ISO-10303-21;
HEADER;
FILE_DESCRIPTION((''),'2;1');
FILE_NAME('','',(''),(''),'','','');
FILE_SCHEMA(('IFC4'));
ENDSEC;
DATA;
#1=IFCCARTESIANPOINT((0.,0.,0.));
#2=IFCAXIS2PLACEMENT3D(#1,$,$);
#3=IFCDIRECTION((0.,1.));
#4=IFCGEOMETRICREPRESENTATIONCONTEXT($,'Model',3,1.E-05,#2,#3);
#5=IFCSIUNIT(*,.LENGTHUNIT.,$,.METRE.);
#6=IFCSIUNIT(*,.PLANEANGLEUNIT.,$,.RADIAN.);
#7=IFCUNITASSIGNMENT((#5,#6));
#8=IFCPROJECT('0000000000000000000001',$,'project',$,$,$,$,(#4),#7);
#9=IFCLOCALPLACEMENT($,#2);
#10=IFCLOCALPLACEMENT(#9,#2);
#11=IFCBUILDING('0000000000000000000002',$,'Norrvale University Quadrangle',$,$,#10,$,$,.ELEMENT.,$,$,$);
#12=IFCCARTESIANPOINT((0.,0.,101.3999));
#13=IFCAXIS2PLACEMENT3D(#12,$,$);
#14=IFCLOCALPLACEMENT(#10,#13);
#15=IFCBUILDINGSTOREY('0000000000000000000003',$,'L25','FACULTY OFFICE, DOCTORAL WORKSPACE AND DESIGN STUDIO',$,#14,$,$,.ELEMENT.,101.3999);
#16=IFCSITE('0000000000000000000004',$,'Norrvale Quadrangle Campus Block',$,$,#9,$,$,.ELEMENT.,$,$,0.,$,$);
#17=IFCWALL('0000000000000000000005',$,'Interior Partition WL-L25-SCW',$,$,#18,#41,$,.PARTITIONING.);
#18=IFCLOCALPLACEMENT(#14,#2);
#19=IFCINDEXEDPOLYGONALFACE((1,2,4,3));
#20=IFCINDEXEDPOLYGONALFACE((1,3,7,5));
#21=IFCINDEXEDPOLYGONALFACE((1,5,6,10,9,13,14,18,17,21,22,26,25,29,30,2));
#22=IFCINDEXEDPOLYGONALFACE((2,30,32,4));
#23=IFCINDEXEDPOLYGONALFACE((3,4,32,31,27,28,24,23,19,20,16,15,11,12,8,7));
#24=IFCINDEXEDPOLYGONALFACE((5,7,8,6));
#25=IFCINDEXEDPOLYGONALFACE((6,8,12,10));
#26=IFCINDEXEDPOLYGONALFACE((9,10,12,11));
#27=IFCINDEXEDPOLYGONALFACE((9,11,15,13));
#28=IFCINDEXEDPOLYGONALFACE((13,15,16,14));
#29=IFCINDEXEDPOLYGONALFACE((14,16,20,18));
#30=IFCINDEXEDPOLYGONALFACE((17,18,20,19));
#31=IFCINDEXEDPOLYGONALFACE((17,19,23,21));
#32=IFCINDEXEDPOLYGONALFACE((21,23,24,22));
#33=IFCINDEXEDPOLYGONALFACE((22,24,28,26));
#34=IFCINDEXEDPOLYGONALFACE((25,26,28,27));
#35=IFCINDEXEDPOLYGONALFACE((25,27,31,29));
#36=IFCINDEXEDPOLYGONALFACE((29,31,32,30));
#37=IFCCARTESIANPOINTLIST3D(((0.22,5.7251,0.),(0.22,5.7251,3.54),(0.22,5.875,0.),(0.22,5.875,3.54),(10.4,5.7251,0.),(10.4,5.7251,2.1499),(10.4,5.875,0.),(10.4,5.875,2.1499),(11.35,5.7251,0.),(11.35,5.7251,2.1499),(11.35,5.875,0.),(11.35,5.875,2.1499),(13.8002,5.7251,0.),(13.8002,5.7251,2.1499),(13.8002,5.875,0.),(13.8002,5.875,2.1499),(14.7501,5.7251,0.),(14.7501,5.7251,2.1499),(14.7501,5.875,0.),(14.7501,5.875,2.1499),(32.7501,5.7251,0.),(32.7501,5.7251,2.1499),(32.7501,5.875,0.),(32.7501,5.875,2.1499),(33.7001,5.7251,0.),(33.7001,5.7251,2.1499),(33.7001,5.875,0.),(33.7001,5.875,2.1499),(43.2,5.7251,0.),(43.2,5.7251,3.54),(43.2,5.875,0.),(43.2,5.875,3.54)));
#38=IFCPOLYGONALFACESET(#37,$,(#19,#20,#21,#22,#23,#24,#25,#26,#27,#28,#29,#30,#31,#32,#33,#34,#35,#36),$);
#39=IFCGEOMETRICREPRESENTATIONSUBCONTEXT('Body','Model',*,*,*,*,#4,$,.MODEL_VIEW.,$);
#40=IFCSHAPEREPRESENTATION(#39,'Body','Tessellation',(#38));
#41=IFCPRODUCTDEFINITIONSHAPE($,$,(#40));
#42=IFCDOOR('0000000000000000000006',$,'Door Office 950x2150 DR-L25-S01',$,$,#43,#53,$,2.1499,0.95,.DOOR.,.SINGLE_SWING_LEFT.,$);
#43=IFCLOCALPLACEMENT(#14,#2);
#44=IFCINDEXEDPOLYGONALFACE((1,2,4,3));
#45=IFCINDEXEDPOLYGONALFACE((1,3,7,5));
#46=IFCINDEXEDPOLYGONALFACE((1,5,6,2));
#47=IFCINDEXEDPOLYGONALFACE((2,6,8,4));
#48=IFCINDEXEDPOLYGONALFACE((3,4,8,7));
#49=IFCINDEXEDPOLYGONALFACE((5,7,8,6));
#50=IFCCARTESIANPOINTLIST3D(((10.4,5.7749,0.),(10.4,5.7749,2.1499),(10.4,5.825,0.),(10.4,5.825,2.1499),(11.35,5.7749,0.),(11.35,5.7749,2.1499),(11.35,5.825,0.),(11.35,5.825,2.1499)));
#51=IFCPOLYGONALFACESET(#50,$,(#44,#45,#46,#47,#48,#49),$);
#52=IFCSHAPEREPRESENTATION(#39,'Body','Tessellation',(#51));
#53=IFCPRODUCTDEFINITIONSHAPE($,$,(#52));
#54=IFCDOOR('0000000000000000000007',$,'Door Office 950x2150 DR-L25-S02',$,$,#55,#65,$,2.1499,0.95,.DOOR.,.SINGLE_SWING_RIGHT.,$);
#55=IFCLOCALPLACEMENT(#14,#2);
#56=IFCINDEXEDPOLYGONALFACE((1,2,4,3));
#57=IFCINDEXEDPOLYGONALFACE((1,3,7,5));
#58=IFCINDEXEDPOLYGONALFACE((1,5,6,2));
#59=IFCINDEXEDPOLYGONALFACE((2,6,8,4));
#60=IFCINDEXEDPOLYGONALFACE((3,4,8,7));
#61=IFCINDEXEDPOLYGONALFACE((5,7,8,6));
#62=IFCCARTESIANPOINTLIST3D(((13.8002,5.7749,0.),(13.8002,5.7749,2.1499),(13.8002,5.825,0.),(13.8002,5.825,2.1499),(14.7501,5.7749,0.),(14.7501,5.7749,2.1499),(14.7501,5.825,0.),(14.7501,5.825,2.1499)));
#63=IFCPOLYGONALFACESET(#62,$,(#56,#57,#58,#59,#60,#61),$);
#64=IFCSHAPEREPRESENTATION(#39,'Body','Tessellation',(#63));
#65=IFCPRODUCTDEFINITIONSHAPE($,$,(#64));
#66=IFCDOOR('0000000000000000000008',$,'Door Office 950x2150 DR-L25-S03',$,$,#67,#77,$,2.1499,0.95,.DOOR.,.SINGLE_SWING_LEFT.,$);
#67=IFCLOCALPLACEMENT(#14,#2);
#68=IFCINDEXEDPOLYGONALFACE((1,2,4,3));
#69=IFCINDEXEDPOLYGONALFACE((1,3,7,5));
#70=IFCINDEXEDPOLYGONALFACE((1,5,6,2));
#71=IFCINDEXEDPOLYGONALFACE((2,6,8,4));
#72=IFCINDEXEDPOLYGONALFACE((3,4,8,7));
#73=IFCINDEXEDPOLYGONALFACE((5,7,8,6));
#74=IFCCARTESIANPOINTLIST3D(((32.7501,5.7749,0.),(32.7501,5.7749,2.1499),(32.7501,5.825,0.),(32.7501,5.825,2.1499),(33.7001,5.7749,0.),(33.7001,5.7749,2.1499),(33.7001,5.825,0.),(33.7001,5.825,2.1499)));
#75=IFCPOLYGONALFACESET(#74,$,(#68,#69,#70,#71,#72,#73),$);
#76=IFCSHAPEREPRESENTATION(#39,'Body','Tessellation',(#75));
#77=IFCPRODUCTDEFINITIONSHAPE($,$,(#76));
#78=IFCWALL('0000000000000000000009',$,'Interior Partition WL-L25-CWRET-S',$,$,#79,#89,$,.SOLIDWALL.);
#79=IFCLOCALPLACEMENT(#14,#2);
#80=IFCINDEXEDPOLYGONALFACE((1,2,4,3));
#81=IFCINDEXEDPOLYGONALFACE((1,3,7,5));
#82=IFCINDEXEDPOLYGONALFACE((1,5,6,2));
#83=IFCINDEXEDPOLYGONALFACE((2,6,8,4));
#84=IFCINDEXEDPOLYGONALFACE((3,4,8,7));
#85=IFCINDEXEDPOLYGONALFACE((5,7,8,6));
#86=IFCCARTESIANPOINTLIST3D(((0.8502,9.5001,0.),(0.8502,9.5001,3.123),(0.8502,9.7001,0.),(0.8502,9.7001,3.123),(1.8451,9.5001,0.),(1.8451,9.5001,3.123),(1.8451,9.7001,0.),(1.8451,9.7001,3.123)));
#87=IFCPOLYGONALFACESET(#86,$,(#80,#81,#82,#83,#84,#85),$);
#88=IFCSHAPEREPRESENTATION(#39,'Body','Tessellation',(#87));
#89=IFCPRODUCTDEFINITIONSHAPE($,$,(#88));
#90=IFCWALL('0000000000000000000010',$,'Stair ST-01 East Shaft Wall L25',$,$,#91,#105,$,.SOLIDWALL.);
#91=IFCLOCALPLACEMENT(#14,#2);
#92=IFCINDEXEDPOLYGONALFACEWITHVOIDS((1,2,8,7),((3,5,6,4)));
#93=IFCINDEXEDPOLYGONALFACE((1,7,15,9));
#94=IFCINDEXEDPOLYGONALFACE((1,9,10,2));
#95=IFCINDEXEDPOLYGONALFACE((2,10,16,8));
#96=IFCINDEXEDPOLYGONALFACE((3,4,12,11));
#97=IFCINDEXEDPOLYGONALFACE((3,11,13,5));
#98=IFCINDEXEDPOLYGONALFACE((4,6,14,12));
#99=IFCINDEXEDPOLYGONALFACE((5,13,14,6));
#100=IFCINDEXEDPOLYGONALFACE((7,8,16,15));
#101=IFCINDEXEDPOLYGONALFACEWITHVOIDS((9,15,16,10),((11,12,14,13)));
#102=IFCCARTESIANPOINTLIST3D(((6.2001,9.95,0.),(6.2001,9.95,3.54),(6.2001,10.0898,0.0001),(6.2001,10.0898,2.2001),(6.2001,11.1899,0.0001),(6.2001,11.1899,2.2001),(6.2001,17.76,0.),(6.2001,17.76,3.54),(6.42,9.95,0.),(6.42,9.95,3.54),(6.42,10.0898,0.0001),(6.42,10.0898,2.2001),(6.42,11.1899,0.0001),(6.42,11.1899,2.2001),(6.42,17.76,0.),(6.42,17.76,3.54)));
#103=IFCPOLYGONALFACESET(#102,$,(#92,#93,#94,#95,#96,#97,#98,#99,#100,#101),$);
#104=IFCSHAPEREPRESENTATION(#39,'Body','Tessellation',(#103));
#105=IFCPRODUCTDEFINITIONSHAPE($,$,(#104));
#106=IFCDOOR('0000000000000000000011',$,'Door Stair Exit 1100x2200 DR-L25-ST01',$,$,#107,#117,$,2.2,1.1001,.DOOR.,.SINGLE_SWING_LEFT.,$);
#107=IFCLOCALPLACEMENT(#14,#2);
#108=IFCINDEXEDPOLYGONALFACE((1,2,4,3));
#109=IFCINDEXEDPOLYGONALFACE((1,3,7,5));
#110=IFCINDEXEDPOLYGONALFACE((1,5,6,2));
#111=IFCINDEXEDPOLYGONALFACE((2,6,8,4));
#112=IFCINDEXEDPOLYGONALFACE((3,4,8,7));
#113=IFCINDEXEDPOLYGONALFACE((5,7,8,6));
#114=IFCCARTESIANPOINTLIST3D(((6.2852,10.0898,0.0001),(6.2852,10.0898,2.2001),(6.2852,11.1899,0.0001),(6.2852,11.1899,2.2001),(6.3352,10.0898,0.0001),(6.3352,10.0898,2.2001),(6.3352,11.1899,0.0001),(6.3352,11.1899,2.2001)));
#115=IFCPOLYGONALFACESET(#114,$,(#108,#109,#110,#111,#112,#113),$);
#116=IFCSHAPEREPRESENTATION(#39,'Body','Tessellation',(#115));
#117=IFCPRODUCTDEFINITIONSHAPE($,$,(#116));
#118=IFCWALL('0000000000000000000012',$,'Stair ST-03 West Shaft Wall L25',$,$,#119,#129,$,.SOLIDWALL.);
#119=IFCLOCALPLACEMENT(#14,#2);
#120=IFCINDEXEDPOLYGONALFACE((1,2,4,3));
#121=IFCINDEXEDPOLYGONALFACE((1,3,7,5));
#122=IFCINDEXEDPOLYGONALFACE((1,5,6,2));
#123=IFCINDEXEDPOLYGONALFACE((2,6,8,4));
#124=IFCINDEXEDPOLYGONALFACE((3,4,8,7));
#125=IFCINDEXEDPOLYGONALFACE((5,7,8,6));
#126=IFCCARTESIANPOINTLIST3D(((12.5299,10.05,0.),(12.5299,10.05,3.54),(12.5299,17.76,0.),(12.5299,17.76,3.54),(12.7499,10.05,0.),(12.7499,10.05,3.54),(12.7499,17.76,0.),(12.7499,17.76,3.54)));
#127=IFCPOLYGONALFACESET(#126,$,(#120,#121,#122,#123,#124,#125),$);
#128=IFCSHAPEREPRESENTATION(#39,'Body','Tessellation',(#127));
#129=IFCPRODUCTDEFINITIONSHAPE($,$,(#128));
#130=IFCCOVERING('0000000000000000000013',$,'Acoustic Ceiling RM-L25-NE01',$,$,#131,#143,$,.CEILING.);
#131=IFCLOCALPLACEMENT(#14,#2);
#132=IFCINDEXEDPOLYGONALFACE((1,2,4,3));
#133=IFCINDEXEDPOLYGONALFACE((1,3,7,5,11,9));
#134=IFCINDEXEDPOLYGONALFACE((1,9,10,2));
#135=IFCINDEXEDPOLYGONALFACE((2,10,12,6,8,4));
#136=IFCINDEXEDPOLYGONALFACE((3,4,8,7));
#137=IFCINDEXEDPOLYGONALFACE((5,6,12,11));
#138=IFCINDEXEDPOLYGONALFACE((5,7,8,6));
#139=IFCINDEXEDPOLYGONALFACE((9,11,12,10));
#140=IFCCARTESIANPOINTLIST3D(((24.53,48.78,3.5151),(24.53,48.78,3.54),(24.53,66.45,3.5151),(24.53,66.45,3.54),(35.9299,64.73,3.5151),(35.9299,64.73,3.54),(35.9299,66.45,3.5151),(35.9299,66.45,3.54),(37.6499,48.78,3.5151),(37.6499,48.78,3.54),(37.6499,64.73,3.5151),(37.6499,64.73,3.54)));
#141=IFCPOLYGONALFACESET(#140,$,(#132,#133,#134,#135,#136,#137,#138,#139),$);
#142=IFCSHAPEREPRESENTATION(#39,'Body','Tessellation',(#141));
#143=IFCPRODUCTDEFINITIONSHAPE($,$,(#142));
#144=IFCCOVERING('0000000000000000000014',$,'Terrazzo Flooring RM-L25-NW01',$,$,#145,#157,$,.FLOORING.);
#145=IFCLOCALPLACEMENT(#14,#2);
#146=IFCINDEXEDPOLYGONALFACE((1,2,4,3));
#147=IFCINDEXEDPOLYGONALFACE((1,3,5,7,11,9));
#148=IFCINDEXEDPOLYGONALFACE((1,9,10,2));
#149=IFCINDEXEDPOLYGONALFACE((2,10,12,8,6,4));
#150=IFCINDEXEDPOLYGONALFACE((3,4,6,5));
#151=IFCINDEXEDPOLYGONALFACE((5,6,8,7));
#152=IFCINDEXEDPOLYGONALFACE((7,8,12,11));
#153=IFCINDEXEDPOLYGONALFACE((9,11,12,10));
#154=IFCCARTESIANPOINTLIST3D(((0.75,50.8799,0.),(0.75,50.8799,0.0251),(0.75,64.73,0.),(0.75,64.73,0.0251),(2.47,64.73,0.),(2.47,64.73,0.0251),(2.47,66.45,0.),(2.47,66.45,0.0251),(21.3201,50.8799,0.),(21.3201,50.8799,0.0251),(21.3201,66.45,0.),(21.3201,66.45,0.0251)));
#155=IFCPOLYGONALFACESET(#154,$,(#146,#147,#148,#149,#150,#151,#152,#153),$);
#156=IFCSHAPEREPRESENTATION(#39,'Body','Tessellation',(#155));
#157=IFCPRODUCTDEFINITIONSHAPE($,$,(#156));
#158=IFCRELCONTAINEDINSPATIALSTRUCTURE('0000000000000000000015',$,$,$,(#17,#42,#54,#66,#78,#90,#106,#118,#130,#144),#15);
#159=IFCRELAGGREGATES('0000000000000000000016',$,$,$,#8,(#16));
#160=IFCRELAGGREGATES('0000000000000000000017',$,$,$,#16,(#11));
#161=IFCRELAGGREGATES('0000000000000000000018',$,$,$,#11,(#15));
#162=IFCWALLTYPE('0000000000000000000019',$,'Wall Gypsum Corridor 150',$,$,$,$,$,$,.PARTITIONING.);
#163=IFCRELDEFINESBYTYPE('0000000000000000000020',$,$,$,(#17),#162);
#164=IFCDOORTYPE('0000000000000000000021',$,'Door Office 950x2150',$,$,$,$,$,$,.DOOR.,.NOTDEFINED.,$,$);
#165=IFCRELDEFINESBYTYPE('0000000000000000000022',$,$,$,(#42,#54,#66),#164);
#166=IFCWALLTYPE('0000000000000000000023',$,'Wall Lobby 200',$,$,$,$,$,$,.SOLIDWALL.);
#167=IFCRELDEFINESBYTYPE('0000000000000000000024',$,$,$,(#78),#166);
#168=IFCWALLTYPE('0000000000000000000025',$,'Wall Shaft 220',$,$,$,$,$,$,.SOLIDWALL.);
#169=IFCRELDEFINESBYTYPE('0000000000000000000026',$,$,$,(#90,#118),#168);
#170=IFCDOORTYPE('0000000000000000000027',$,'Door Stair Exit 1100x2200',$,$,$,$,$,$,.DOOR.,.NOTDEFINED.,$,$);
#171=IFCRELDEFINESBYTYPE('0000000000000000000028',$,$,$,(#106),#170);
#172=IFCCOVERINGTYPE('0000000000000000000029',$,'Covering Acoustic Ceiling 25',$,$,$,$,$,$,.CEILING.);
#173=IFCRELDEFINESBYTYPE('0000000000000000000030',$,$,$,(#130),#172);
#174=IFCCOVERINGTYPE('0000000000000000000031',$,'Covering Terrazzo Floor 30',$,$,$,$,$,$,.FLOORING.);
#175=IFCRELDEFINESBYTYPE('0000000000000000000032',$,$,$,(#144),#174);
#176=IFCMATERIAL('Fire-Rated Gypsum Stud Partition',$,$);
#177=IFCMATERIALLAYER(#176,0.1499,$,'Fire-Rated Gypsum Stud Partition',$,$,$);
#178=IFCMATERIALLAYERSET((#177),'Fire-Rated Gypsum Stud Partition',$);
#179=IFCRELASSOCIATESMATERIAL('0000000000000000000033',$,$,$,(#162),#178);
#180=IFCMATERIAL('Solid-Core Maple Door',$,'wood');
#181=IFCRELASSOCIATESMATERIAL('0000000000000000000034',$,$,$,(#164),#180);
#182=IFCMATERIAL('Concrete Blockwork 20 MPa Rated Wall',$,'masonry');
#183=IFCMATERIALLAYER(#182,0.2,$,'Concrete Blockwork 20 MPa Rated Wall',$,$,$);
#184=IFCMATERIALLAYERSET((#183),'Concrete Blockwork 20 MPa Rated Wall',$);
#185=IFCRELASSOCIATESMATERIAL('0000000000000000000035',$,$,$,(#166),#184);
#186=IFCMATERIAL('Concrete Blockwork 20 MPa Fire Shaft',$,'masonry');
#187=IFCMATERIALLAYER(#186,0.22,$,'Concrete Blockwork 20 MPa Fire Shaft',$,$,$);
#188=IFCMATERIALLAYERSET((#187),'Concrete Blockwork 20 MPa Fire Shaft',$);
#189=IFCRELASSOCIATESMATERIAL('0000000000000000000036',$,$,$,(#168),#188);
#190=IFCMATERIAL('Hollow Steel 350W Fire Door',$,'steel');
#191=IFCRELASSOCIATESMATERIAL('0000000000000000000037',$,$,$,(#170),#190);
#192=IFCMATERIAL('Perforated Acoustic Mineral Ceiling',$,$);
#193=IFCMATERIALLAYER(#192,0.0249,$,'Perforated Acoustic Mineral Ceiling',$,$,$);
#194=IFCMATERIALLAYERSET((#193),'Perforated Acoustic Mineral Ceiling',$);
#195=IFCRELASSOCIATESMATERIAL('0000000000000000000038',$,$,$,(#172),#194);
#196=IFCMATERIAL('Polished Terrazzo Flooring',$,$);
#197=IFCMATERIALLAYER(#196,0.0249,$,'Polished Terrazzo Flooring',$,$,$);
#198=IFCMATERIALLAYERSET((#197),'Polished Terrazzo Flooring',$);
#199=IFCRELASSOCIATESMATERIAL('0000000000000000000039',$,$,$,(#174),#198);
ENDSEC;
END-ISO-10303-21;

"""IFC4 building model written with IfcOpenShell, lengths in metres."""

from ifc_helpers import new_model, si_unit, direction, frame, frame_2d, origin, place, context, subcontext, project, spatial, polyline, rectangle, outline, extrude, material, layer, layer_set, type_object, element, fill, save


model = new_model("IFC4")

# Units and contexts
model_context = context("Model", 3, precision=1e-05, world=origin(), true_north=direction((0.0, 1.0)))
body_context = subcontext(model_context, "Body", "Model", "MODEL_VIEW")
ifc_project = project(units=[si_unit("LENGTHUNIT", "METRE"), si_unit("PLANEANGLEUNIT", "RADIAN")], contexts=[model_context])

# Site, building, storey
site_placement = place(None, origin())
site = spatial("IfcSite", under=ifc_project, at=site_placement, Name="Norrvale Quadrangle Campus Block", CompositionType="ELEMENT", RefElevation=0.0)
building_placement = place(site_placement, origin())
building = spatial("IfcBuilding", under=site, at=building_placement, Name="Norrvale University Quadrangle", CompositionType="ELEMENT")
storey_placement = place(building_placement, frame((0.0, 0.0, 101.3999)))
storey = spatial("IfcBuildingStorey", under=building, at=storey_placement, Name="L25", Description="FACULTY OFFICE, DOCTORAL WORKSPACE AND DESIGN STUDIO", CompositionType="ELEMENT", Elevation=101.3999)

# Shared definitions
ifc_material_1 = material(Name="Fire-Rated Gypsum Stud Partition")
ifc_layer_1 = layer(ifc_material_1, 0.1499, Name="Fire-Rated Gypsum Stud Partition")
ifc_layer_set_1 = layer_set([ifc_layer_1], Name="Fire-Rated Gypsum Stud Partition")
wall_type_1 = type_object("IfcWallType", Name="Wall Gypsum Corridor 150", PredefinedType="PARTITIONING", material=ifc_layer_set_1)

# Wall, openings, doors
wall_1_placement = place(storey_placement, frame((0.22, 5.8, 0.0), z_axis=(0.0, 0.0, 1.0), x_axis=(1.0, 0.0, 0.0)))
wall_1 = element("IfcWall", 1, at=wall_1_placement, inside=storey, type_object=wall_type_1, Name="Interior Partition WL-L25-SCW", PredefinedType="PARTITIONING", context=body_context, shape_type="SweptSolid", body=[
    extrude(rectangle(XDim=42.98, YDim=0.1499, at=frame_2d((21.49, 0.0))), origin(), (0.0, 0.0, 1.0), 3.54),
])
opening_1_placement = place(wall_1_placement, frame((10.1799, 0.0, 0.0)))
opening_1 = element("IfcOpeningElement", 2, at=opening_1_placement, cuts=wall_1, PredefinedType="OPENING", context=body_context, shape_type="SweptSolid", body=[
    extrude(rectangle(XDim=0.95, YDim=2.1499, at=frame_2d((0.4751, 1.075))), frame((0.0, 0.0869, 0.0), z_axis=(0.0, -1.0, 0.0), x_axis=(1.0, 0.0, 0.0)), (0.0, 0.0, 1.0), 0.1738),
])
opening_2_placement = place(wall_1_placement, frame((13.5801, 0.0, 0.0)))
opening_2 = element("IfcOpeningElement", 3, at=opening_2_placement, cuts=wall_1, PredefinedType="OPENING", context=body_context, shape_type="SweptSolid", body=[
    extrude(rectangle(XDim=0.95, YDim=2.1499, at=frame_2d((0.4751, 1.075))), frame((0.0, 0.0869, 0.0), z_axis=(0.0, -1.0, 0.0), x_axis=(1.0, 0.0, 0.0)), (0.0, 0.0, 1.0), 0.1738),
])
opening_3_placement = place(wall_1_placement, frame((32.53, 0.0, 0.0)))
opening_3 = element("IfcOpeningElement", 4, at=opening_3_placement, cuts=wall_1, PredefinedType="OPENING", context=body_context, shape_type="SweptSolid", body=[
    extrude(rectangle(XDim=0.95, YDim=2.1499, at=frame_2d((0.4751, 1.075))), frame((0.0, 0.0869, 0.0), z_axis=(0.0, -1.0, 0.0), x_axis=(1.0, 0.0, 0.0)), (0.0, 0.0, 1.0), 0.1738),
])
ifc_material_2 = material(Name="Solid-Core Maple Door", Category="wood")
door_type_1 = type_object("IfcDoorType", Name="Door Office 950x2150", OperationType="NOTDEFINED", PredefinedType="DOOR", material=ifc_material_2)
door_1_placement = place(opening_1_placement, origin())
door_1 = element("IfcDoor", 5, at=door_1_placement, inside=storey, type_object=door_type_1, Name="Door Office 950x2150 DR-L25-S01", OperationType="SINGLE_SWING_LEFT", OverallHeight=2.1499, OverallWidth=0.95, PredefinedType="DOOR", context=body_context, shape_type="SweptSolid", body=[
    extrude(rectangle(XDim=0.95, YDim=2.1499, at=frame_2d((0.4751, 1.075))), frame((0.0, 0.0249, 0.0), z_axis=(0.0, -1.0, 0.0), x_axis=(1.0, 0.0, 0.0)), (0.0, 0.0, 1.0), 0.05),
])
fill(opening_1, door_1)
door_2_placement = place(opening_2_placement, origin())
door_2 = element("IfcDoor", 6, at=door_2_placement, inside=storey, type_object=door_type_1, Name="Door Office 950x2150 DR-L25-S02", OperationType="SINGLE_SWING_RIGHT", OverallHeight=2.1499, OverallWidth=0.95, PredefinedType="DOOR", context=body_context, shape_type="SweptSolid", body=[
    extrude(rectangle(XDim=0.95, YDim=2.1499, at=frame_2d((0.4751, 1.075))), frame((0.0, 0.0249, 0.0), z_axis=(0.0, -1.0, 0.0), x_axis=(1.0, 0.0, 0.0)), (0.0, 0.0, 1.0), 0.05),
])
fill(opening_2, door_2)
door_3_placement = place(opening_3_placement, origin())
door_3 = element("IfcDoor", 7, at=door_3_placement, inside=storey, type_object=door_type_1, Name="Door Office 950x2150 DR-L25-S03", OperationType="SINGLE_SWING_LEFT", OverallHeight=2.1499, OverallWidth=0.95, PredefinedType="DOOR", context=body_context, shape_type="SweptSolid", body=[
    extrude(rectangle(XDim=0.95, YDim=2.1499, at=frame_2d((0.4751, 1.075))), frame((0.0, 0.0249, 0.0), z_axis=(0.0, -1.0, 0.0), x_axis=(1.0, 0.0, 0.0)), (0.0, 0.0, 1.0), 0.05),
])
fill(opening_3, door_3)

# Wall
ifc_material_3 = material(Name="Concrete Blockwork 20 MPa Rated Wall", Category="masonry")
ifc_layer_2 = layer(ifc_material_3, 0.2, Name="Concrete Blockwork 20 MPa Rated Wall")
ifc_layer_set_2 = layer_set([ifc_layer_2], Name="Concrete Blockwork 20 MPa Rated Wall")
wall_type_2 = type_object("IfcWallType", Name="Wall Lobby 200", PredefinedType="SOLIDWALL", material=ifc_layer_set_2)
wall_2_placement = place(storey_placement, frame((0.8501, 9.6001, 0.0), z_axis=(0.0, 0.0, 1.0), x_axis=(1.0, 0.0, 0.0)))
element("IfcWall", 8, at=wall_2_placement, inside=storey, type_object=wall_type_2, Name="Interior Partition WL-L25-CWRET-S", PredefinedType="SOLIDWALL", context=body_context, shape_type="SweptSolid", body=[
    extrude(rectangle(XDim=0.9949, YDim=0.2, at=frame_2d((0.4976, 0.0))), origin(), (0.0, 0.0, 1.0), 3.123),
])

# Wall, opening, door
ifc_material_4 = material(Name="Concrete Blockwork 20 MPa Fire Shaft", Category="masonry")
ifc_layer_3 = layer(ifc_material_4, 0.22, Name="Concrete Blockwork 20 MPa Fire Shaft")
ifc_layer_set_3 = layer_set([ifc_layer_3], Name="Concrete Blockwork 20 MPa Fire Shaft")
wall_type_3 = type_object("IfcWallType", Name="Wall Shaft 220", PredefinedType="SOLIDWALL", material=ifc_layer_set_3)
wall_3_placement = place(storey_placement, frame((6.3101, 9.95, 0.0), z_axis=(0.0, 0.0, 1.0), x_axis=(0.0, 1.0, 0.0)))
wall_3 = element("IfcWall", 9, at=wall_3_placement, inside=storey, type_object=wall_type_3, Name="Stair ST-01 East Shaft Wall L25", PredefinedType="SOLIDWALL", context=body_context, shape_type="SweptSolid", body=[
    extrude(rectangle(XDim=7.8101, YDim=0.22, at=frame_2d((3.905, 0.0))), origin(), (0.0, 0.0, 1.0), 3.54),
])
opening_4_placement = place(wall_3_placement, frame((0.1399, 0.0, 0.0)))
opening_4 = element("IfcOpeningElement", 10, at=opening_4_placement, cuts=wall_3, PredefinedType="OPENING", context=body_context, shape_type="SweptSolid", body=[
    extrude(rectangle(XDim=1.1001, YDim=2.2, at=frame_2d((0.55, 1.1001))), frame((0.0, 0.1221, 0.0), z_axis=(0.0, -1.0, 0.0), x_axis=(1.0, 0.0, 0.0)), (0.0, 0.0, 1.0), 0.2439),
])
ifc_material_5 = material(Name="Hollow Steel 350W Fire Door", Category="steel")
door_type_2 = type_object("IfcDoorType", Name="Door Stair Exit 1100x2200", OperationType="NOTDEFINED", PredefinedType="DOOR", material=ifc_material_5)
door_4_placement = place(opening_4_placement, origin())
door_4 = element("IfcDoor", 11, at=door_4_placement, inside=storey, type_object=door_type_2, Name="Door Stair Exit 1100x2200 DR-L25-ST01", OperationType="SINGLE_SWING_LEFT", OverallHeight=2.2, OverallWidth=1.1001, PredefinedType="DOOR", context=body_context, shape_type="SweptSolid", body=[
    extrude(rectangle(XDim=1.1001, YDim=2.2, at=frame_2d((0.55, 1.1001))), frame((0.0, 0.0249, 0.0), z_axis=(0.0, -1.0, 0.0), x_axis=(1.0, 0.0, 0.0)), (0.0, 0.0, 1.0), 0.05),
])
fill(opening_4, door_4)

# Wall
wall_4_placement = place(storey_placement, frame((12.6399, 10.05, 0.0), z_axis=(0.0, 0.0, 1.0), x_axis=(0.0, 1.0, 0.0)))
element("IfcWall", 12, at=wall_4_placement, inside=storey, type_object=wall_type_3, Name="Stair ST-03 West Shaft Wall L25", PredefinedType="SOLIDWALL", context=body_context, shape_type="SweptSolid", body=[
    extrude(rectangle(XDim=7.71, YDim=0.22, at=frame_2d((3.855, 0.0))), origin(), (0.0, 0.0, 1.0), 3.54),
])

# Coverings
ifc_material_6 = material(Name="Perforated Acoustic Mineral Ceiling")
ifc_layer_4 = layer(ifc_material_6, 0.0249, Name="Perforated Acoustic Mineral Ceiling")
ifc_layer_set_4 = layer_set([ifc_layer_4], Name="Perforated Acoustic Mineral Ceiling")
covering_type_1 = type_object("IfcCoveringType", Name="Covering Acoustic Ceiling 25", PredefinedType="CEILING", material=ifc_layer_set_4)
covering_1_placement = place(storey_placement, frame((0.0, 0.0, 3.5151)))
element("IfcCovering", 13, at=covering_1_placement, inside=storey, type_object=covering_type_1, Name="Acoustic Ceiling RM-L25-NE01", PredefinedType="CEILING", context=body_context, shape_type="SweptSolid", body=[
    extrude(outline(polyline([(37.6499, 48.78), (24.53, 48.78), (24.53, 66.45), (35.9299, 66.45), (35.9299, 64.73), (37.6499, 64.73), (37.6499, 48.78)])), origin(), (0.0, 0.0, 1.0), 0.0249),
])
ifc_material_7 = material(Name="Polished Terrazzo Flooring")
ifc_layer_5 = layer(ifc_material_7, 0.0249, Name="Polished Terrazzo Flooring")
ifc_layer_set_5 = layer_set([ifc_layer_5], Name="Polished Terrazzo Flooring")
covering_type_2 = type_object("IfcCoveringType", Name="Covering Terrazzo Floor 30", PredefinedType="FLOORING", material=ifc_layer_set_5)
covering_2_placement = place(storey_placement, origin())
element("IfcCovering", 14, at=covering_2_placement, inside=storey, type_object=covering_type_2, Name="Terrazzo Flooring RM-L25-NW01", PredefinedType="FLOORING", context=body_context, shape_type="SweptSolid", body=[
    extrude(outline(polyline([(21.3201, 66.45), (21.3201, 50.8799), (0.75, 50.8799), (0.75, 64.73), (2.47, 64.73), (2.47, 66.45), (21.3201, 66.45)])), origin(), (0.0, 0.0, 1.0), 0.0251),
])

save(model, "model.ifc")
